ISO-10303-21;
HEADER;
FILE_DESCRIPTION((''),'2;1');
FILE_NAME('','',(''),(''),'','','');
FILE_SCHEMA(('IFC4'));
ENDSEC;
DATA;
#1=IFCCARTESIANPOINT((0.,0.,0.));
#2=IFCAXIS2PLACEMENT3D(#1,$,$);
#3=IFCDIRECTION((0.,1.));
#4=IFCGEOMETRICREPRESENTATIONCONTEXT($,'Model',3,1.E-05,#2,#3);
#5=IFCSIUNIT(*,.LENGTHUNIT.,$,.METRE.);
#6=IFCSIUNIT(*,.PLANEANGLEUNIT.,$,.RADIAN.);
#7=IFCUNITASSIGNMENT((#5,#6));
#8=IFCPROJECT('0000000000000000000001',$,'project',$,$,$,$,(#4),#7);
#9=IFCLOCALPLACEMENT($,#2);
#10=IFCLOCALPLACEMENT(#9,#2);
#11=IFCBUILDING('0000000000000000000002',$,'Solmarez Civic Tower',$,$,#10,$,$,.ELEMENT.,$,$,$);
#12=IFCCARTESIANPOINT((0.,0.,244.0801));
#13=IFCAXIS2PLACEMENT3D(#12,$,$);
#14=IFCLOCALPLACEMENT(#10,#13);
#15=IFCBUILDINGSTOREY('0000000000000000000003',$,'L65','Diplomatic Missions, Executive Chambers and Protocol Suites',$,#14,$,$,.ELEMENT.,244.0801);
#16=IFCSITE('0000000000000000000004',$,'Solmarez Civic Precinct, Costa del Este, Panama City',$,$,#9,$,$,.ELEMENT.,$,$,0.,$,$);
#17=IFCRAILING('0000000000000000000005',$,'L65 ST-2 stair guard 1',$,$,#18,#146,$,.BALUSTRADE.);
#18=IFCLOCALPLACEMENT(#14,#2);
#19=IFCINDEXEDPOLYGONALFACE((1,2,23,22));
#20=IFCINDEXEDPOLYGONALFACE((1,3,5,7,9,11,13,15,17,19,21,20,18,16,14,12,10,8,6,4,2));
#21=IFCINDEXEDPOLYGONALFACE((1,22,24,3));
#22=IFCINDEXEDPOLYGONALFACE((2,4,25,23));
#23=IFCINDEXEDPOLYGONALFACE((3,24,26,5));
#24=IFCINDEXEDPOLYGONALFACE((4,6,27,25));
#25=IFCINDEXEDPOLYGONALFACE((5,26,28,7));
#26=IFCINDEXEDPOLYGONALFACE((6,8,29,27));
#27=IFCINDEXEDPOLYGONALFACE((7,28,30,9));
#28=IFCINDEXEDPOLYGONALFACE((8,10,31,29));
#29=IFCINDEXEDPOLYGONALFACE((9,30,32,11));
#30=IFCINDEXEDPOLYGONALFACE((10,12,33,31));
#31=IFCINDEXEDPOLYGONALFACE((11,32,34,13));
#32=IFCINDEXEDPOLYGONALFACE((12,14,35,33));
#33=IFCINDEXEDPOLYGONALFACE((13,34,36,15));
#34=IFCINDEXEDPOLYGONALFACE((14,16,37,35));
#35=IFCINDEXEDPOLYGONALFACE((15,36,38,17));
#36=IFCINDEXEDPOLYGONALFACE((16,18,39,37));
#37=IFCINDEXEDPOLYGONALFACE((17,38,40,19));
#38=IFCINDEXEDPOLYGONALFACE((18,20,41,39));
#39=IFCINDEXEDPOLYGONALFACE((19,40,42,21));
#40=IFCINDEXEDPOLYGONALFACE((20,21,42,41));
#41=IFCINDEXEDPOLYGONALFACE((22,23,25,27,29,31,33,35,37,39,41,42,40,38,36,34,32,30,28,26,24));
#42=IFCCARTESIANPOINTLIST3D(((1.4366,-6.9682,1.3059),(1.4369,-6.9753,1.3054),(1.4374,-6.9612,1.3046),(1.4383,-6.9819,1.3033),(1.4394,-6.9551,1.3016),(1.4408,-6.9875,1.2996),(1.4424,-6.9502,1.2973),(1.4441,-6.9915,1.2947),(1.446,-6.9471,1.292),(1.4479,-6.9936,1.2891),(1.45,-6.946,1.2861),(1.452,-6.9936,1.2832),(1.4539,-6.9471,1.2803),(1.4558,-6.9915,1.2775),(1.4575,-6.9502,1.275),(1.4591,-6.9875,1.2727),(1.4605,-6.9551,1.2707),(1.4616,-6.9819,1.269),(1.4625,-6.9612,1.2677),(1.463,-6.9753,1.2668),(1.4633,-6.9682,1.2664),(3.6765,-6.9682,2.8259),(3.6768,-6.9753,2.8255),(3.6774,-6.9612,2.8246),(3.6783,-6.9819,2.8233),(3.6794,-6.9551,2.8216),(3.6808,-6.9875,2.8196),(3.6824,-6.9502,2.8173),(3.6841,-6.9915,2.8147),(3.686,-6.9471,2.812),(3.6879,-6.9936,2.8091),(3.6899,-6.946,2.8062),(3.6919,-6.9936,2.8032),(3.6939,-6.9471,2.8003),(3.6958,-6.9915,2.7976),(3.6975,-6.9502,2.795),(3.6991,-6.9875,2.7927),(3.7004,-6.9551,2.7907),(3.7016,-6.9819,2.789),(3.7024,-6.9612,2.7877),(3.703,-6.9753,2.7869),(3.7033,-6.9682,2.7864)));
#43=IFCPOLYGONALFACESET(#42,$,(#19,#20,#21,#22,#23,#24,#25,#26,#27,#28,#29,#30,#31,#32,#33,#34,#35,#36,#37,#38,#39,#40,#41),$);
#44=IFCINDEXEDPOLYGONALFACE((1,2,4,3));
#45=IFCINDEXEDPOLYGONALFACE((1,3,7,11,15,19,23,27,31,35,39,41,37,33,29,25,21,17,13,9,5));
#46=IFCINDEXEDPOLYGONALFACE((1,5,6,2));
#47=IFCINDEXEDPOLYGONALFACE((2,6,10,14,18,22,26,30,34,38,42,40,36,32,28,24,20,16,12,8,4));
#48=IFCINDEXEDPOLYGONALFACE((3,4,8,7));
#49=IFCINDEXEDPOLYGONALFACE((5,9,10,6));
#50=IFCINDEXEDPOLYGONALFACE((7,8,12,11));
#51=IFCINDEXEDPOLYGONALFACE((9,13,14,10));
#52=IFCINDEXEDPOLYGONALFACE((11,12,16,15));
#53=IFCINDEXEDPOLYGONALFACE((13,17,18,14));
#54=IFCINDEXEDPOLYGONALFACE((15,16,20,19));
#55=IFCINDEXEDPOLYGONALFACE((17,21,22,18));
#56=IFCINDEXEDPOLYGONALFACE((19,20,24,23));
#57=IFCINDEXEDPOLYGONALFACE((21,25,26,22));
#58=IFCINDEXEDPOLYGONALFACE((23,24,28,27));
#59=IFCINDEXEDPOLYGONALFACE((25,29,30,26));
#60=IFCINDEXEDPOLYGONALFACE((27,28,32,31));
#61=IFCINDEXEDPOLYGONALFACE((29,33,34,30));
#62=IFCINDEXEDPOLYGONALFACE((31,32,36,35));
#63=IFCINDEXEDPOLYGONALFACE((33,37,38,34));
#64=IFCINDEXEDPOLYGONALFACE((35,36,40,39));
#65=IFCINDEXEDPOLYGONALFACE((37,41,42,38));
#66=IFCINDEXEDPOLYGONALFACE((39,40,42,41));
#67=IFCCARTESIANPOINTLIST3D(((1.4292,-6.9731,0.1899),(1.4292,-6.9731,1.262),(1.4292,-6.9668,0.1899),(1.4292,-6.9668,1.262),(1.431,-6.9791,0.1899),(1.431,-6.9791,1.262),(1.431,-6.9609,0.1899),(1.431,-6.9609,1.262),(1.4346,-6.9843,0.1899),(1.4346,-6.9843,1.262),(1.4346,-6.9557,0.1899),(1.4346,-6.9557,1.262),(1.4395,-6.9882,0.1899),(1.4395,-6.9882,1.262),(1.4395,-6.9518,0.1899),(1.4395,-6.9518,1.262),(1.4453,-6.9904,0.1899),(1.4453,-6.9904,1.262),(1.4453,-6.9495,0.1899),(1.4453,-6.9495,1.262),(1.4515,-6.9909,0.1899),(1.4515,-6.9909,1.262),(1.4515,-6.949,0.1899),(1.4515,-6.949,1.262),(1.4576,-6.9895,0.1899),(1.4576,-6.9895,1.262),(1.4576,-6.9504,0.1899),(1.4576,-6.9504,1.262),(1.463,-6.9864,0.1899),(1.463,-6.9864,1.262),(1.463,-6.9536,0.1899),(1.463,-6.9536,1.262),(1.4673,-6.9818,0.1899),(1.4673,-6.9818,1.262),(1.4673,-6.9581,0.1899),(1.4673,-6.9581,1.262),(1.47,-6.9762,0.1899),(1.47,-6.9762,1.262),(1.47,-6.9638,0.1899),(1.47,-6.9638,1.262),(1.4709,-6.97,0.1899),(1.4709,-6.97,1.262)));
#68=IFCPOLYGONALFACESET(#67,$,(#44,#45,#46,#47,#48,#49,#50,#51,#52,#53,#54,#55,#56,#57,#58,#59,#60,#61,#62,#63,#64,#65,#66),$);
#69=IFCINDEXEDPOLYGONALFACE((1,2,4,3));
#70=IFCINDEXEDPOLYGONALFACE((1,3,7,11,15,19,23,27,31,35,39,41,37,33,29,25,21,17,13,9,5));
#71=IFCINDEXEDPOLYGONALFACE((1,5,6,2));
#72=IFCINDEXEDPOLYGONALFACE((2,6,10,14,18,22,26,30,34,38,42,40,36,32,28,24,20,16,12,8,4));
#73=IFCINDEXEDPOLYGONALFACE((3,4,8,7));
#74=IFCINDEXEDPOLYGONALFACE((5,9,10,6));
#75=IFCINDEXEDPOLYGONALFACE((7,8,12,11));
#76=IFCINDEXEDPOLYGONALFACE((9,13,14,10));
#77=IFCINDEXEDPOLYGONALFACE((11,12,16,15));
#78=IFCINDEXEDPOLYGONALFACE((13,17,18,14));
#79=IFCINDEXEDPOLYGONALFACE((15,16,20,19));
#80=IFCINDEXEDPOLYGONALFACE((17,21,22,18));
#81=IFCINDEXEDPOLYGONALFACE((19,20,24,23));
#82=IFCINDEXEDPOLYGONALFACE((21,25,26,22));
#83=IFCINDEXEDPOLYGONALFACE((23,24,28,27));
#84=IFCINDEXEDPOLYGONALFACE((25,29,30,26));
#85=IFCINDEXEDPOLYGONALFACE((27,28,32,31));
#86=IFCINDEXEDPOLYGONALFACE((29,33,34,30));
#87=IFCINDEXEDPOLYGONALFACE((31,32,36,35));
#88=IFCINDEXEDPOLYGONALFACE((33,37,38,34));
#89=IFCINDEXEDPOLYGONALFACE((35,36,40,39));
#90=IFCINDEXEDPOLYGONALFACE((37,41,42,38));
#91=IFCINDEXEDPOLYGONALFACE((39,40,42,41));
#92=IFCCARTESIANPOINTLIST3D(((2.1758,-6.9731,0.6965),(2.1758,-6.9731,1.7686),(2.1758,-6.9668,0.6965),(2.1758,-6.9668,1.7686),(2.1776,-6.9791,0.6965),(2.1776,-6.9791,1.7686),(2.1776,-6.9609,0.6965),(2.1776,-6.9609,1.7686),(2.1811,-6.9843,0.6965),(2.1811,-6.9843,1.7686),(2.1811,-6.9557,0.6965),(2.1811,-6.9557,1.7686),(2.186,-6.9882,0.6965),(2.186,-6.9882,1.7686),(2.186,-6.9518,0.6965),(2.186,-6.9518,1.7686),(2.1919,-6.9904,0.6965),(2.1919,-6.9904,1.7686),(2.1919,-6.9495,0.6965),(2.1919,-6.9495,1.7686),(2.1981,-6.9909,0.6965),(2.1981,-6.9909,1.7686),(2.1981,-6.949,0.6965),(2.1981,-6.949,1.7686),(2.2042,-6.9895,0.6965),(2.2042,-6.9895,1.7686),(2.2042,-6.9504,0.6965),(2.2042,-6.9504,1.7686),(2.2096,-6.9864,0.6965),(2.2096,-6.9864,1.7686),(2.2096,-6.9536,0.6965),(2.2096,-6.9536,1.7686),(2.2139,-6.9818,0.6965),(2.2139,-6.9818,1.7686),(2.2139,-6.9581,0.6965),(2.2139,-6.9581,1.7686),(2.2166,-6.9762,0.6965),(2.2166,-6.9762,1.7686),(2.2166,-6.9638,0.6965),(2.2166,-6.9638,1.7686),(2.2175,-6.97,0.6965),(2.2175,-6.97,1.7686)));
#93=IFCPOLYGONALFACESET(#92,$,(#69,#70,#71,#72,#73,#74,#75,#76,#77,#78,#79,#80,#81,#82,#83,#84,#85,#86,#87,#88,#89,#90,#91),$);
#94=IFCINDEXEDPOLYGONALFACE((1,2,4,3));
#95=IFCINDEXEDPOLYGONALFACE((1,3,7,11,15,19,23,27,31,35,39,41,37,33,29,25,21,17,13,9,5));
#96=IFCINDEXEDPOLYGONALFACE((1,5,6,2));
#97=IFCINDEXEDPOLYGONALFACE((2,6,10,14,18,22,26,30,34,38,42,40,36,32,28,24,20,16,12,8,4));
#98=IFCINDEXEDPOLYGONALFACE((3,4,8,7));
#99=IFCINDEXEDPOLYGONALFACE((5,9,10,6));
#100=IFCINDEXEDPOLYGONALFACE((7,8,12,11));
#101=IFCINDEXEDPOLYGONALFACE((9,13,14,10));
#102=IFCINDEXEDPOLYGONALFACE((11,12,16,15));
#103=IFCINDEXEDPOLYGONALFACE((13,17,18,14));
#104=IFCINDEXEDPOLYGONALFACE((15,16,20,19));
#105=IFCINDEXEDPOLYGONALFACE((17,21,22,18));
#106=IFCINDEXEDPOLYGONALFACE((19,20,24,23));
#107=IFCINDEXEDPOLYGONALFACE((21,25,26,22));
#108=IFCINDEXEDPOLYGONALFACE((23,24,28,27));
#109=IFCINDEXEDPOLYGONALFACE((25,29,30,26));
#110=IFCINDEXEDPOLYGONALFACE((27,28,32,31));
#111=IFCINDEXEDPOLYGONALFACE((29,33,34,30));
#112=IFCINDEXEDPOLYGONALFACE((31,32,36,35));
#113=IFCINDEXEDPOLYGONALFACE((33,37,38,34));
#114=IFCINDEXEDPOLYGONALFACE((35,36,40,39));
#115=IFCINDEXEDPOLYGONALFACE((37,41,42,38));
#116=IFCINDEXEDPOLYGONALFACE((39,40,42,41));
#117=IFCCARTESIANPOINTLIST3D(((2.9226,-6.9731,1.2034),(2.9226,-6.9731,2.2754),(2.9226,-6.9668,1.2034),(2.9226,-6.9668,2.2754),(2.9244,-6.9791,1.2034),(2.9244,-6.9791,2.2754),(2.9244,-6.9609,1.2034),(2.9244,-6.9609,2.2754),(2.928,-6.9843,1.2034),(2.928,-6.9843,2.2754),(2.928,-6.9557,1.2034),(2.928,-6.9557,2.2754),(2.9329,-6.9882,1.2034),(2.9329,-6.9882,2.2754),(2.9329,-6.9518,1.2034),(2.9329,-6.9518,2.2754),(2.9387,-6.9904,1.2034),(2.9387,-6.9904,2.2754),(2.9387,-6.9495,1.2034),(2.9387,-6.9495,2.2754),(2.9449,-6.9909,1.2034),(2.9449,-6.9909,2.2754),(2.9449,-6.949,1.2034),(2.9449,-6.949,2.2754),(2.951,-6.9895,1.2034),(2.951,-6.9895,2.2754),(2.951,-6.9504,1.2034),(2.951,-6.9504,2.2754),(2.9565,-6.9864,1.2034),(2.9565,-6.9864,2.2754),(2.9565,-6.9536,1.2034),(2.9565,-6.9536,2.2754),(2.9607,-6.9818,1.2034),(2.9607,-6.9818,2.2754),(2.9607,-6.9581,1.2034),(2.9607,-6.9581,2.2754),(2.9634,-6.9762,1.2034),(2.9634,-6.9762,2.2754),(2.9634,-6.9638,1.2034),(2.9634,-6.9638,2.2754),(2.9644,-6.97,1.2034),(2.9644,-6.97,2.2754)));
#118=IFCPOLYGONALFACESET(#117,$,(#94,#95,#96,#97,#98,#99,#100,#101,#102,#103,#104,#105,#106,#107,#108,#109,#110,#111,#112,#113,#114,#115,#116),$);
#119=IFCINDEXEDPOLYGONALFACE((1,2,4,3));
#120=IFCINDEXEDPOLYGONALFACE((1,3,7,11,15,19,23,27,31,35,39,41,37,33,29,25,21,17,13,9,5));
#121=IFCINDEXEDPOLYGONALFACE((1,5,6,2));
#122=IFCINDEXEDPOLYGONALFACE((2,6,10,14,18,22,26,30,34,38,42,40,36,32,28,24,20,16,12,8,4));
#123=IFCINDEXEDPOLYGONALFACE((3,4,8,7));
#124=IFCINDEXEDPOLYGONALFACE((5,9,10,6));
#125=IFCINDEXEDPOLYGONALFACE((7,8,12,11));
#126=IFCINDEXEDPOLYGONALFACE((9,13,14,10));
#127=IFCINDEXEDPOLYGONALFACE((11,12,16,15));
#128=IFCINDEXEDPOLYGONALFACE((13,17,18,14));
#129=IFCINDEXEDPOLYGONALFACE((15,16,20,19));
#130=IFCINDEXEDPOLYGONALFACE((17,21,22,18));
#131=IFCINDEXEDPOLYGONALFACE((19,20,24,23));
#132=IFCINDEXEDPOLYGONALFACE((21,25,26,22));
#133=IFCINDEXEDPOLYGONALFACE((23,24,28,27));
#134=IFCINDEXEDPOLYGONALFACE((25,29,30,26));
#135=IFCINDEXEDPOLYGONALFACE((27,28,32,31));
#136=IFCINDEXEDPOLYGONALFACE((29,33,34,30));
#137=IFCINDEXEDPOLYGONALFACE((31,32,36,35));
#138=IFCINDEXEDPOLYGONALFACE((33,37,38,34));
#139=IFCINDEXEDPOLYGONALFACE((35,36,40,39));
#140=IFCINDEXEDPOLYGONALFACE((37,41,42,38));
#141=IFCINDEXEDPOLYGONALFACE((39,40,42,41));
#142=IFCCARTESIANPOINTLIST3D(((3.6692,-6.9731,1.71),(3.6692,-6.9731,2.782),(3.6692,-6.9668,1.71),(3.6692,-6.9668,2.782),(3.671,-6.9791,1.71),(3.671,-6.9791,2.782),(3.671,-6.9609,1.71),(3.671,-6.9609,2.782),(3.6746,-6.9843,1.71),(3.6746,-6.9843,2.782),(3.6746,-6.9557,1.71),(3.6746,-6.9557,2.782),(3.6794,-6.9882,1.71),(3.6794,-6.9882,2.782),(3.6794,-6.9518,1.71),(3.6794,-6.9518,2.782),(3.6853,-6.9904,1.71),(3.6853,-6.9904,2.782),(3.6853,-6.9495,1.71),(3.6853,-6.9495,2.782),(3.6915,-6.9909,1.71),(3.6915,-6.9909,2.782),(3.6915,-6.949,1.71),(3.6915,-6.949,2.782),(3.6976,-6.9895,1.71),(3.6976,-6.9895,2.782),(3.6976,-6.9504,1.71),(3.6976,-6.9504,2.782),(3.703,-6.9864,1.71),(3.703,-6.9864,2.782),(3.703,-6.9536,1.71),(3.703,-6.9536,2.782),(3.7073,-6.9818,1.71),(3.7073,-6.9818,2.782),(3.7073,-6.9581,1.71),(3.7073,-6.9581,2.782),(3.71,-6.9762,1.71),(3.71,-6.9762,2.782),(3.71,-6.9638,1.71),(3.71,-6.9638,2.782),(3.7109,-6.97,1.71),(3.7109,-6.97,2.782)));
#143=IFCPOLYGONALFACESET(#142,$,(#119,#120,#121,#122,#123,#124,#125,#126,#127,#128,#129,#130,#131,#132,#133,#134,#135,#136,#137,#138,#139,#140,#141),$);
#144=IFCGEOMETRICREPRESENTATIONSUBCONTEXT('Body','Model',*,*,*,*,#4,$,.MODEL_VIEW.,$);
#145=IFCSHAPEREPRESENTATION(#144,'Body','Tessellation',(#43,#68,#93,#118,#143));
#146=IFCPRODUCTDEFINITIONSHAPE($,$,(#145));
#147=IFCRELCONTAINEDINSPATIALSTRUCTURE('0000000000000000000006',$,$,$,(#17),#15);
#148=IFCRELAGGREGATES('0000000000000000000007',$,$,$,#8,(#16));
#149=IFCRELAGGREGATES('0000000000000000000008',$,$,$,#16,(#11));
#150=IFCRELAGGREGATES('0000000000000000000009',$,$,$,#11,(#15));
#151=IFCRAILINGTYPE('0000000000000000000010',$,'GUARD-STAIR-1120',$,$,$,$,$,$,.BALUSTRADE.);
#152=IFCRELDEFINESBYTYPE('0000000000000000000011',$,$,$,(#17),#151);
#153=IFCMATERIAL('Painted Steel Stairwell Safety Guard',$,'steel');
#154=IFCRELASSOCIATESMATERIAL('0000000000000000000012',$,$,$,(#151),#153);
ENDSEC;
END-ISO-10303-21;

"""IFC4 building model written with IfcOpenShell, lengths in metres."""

from ifc_helpers import new_model, si_unit, direction, frame, origin, origin_2d, place, context, subcontext, project, spatial, circle, extrude, material, type_object, element, save


model = new_model("IFC4")

# Units and contexts
model_context = context("Model", 3, precision=1e-05, world=origin(), true_north=direction((0.0, 1.0)))
body_context = subcontext(model_context, "Body", "Model", "MODEL_VIEW")
ifc_project = project(units=[si_unit("LENGTHUNIT", "METRE"), si_unit("PLANEANGLEUNIT", "RADIAN")], contexts=[model_context])

# Site, building, storey
site_placement = place(None, origin())
site = spatial("IfcSite", under=ifc_project, at=site_placement, Name="Solmarez Civic Precinct, Costa del Este, Panama City", CompositionType="ELEMENT", RefElevation=0.0)
building_placement = place(site_placement, origin())
building = spatial("IfcBuilding", under=site, at=building_placement, Name="Solmarez Civic Tower", CompositionType="ELEMENT")
storey_placement = place(building_placement, frame((0.0, 0.0, 244.0801)))
storey = spatial("IfcBuildingStorey", under=building, at=storey_placement, Name="L65", Description="Diplomatic Missions, Executive Chambers and Protocol Suites", CompositionType="ELEMENT", Elevation=244.0801)

# Railing
ifc_material_1 = material(Name="Painted Steel Stairwell Safety Guard", Category="steel")
railing_type_1 = type_object("IfcRailingType", Name="GUARD-STAIR-1120", PredefinedType="BALUSTRADE", material=ifc_material_1)
railing_1_placement = place(storey_placement, frame((1.45, -6.97, 0.1899)))
element("IfcRailing", 1, at=railing_1_placement, inside=storey, type_object=railing_type_1, Name="L65 ST-2 stair guard 1", PredefinedType="BALUSTRADE", context=body_context, shape_type="SweptSolid", body=[
    extrude(circle(Radius=0.0239, at=origin_2d()), frame((0.0, 0.0, 1.0962), z_axis=(0.827471, 0.0, 0.561508), x_axis=(0.0, 1.0, 0.0)), (0.0, 0.0, 1.0), 2.707),
    extrude(circle(Radius=0.021, at=origin_2d()), origin(), (0.0, 0.0, 1.0), 1.072),
    extrude(circle(Radius=0.021, at=origin_2d()), frame((0.7466, 0.0, 0.5066)), (0.0, 0.0, 1.0), 1.072),
    extrude(circle(Radius=0.021, at=origin_2d()), frame((1.4934, 0.0, 1.0134)), (0.0, 0.0, 1.0), 1.072),
    extrude(circle(Radius=0.021, at=origin_2d()), frame((2.24, 0.0, 1.52)), (0.0, 0.0, 1.0), 1.072),
])

save(model, "model.ifc")
